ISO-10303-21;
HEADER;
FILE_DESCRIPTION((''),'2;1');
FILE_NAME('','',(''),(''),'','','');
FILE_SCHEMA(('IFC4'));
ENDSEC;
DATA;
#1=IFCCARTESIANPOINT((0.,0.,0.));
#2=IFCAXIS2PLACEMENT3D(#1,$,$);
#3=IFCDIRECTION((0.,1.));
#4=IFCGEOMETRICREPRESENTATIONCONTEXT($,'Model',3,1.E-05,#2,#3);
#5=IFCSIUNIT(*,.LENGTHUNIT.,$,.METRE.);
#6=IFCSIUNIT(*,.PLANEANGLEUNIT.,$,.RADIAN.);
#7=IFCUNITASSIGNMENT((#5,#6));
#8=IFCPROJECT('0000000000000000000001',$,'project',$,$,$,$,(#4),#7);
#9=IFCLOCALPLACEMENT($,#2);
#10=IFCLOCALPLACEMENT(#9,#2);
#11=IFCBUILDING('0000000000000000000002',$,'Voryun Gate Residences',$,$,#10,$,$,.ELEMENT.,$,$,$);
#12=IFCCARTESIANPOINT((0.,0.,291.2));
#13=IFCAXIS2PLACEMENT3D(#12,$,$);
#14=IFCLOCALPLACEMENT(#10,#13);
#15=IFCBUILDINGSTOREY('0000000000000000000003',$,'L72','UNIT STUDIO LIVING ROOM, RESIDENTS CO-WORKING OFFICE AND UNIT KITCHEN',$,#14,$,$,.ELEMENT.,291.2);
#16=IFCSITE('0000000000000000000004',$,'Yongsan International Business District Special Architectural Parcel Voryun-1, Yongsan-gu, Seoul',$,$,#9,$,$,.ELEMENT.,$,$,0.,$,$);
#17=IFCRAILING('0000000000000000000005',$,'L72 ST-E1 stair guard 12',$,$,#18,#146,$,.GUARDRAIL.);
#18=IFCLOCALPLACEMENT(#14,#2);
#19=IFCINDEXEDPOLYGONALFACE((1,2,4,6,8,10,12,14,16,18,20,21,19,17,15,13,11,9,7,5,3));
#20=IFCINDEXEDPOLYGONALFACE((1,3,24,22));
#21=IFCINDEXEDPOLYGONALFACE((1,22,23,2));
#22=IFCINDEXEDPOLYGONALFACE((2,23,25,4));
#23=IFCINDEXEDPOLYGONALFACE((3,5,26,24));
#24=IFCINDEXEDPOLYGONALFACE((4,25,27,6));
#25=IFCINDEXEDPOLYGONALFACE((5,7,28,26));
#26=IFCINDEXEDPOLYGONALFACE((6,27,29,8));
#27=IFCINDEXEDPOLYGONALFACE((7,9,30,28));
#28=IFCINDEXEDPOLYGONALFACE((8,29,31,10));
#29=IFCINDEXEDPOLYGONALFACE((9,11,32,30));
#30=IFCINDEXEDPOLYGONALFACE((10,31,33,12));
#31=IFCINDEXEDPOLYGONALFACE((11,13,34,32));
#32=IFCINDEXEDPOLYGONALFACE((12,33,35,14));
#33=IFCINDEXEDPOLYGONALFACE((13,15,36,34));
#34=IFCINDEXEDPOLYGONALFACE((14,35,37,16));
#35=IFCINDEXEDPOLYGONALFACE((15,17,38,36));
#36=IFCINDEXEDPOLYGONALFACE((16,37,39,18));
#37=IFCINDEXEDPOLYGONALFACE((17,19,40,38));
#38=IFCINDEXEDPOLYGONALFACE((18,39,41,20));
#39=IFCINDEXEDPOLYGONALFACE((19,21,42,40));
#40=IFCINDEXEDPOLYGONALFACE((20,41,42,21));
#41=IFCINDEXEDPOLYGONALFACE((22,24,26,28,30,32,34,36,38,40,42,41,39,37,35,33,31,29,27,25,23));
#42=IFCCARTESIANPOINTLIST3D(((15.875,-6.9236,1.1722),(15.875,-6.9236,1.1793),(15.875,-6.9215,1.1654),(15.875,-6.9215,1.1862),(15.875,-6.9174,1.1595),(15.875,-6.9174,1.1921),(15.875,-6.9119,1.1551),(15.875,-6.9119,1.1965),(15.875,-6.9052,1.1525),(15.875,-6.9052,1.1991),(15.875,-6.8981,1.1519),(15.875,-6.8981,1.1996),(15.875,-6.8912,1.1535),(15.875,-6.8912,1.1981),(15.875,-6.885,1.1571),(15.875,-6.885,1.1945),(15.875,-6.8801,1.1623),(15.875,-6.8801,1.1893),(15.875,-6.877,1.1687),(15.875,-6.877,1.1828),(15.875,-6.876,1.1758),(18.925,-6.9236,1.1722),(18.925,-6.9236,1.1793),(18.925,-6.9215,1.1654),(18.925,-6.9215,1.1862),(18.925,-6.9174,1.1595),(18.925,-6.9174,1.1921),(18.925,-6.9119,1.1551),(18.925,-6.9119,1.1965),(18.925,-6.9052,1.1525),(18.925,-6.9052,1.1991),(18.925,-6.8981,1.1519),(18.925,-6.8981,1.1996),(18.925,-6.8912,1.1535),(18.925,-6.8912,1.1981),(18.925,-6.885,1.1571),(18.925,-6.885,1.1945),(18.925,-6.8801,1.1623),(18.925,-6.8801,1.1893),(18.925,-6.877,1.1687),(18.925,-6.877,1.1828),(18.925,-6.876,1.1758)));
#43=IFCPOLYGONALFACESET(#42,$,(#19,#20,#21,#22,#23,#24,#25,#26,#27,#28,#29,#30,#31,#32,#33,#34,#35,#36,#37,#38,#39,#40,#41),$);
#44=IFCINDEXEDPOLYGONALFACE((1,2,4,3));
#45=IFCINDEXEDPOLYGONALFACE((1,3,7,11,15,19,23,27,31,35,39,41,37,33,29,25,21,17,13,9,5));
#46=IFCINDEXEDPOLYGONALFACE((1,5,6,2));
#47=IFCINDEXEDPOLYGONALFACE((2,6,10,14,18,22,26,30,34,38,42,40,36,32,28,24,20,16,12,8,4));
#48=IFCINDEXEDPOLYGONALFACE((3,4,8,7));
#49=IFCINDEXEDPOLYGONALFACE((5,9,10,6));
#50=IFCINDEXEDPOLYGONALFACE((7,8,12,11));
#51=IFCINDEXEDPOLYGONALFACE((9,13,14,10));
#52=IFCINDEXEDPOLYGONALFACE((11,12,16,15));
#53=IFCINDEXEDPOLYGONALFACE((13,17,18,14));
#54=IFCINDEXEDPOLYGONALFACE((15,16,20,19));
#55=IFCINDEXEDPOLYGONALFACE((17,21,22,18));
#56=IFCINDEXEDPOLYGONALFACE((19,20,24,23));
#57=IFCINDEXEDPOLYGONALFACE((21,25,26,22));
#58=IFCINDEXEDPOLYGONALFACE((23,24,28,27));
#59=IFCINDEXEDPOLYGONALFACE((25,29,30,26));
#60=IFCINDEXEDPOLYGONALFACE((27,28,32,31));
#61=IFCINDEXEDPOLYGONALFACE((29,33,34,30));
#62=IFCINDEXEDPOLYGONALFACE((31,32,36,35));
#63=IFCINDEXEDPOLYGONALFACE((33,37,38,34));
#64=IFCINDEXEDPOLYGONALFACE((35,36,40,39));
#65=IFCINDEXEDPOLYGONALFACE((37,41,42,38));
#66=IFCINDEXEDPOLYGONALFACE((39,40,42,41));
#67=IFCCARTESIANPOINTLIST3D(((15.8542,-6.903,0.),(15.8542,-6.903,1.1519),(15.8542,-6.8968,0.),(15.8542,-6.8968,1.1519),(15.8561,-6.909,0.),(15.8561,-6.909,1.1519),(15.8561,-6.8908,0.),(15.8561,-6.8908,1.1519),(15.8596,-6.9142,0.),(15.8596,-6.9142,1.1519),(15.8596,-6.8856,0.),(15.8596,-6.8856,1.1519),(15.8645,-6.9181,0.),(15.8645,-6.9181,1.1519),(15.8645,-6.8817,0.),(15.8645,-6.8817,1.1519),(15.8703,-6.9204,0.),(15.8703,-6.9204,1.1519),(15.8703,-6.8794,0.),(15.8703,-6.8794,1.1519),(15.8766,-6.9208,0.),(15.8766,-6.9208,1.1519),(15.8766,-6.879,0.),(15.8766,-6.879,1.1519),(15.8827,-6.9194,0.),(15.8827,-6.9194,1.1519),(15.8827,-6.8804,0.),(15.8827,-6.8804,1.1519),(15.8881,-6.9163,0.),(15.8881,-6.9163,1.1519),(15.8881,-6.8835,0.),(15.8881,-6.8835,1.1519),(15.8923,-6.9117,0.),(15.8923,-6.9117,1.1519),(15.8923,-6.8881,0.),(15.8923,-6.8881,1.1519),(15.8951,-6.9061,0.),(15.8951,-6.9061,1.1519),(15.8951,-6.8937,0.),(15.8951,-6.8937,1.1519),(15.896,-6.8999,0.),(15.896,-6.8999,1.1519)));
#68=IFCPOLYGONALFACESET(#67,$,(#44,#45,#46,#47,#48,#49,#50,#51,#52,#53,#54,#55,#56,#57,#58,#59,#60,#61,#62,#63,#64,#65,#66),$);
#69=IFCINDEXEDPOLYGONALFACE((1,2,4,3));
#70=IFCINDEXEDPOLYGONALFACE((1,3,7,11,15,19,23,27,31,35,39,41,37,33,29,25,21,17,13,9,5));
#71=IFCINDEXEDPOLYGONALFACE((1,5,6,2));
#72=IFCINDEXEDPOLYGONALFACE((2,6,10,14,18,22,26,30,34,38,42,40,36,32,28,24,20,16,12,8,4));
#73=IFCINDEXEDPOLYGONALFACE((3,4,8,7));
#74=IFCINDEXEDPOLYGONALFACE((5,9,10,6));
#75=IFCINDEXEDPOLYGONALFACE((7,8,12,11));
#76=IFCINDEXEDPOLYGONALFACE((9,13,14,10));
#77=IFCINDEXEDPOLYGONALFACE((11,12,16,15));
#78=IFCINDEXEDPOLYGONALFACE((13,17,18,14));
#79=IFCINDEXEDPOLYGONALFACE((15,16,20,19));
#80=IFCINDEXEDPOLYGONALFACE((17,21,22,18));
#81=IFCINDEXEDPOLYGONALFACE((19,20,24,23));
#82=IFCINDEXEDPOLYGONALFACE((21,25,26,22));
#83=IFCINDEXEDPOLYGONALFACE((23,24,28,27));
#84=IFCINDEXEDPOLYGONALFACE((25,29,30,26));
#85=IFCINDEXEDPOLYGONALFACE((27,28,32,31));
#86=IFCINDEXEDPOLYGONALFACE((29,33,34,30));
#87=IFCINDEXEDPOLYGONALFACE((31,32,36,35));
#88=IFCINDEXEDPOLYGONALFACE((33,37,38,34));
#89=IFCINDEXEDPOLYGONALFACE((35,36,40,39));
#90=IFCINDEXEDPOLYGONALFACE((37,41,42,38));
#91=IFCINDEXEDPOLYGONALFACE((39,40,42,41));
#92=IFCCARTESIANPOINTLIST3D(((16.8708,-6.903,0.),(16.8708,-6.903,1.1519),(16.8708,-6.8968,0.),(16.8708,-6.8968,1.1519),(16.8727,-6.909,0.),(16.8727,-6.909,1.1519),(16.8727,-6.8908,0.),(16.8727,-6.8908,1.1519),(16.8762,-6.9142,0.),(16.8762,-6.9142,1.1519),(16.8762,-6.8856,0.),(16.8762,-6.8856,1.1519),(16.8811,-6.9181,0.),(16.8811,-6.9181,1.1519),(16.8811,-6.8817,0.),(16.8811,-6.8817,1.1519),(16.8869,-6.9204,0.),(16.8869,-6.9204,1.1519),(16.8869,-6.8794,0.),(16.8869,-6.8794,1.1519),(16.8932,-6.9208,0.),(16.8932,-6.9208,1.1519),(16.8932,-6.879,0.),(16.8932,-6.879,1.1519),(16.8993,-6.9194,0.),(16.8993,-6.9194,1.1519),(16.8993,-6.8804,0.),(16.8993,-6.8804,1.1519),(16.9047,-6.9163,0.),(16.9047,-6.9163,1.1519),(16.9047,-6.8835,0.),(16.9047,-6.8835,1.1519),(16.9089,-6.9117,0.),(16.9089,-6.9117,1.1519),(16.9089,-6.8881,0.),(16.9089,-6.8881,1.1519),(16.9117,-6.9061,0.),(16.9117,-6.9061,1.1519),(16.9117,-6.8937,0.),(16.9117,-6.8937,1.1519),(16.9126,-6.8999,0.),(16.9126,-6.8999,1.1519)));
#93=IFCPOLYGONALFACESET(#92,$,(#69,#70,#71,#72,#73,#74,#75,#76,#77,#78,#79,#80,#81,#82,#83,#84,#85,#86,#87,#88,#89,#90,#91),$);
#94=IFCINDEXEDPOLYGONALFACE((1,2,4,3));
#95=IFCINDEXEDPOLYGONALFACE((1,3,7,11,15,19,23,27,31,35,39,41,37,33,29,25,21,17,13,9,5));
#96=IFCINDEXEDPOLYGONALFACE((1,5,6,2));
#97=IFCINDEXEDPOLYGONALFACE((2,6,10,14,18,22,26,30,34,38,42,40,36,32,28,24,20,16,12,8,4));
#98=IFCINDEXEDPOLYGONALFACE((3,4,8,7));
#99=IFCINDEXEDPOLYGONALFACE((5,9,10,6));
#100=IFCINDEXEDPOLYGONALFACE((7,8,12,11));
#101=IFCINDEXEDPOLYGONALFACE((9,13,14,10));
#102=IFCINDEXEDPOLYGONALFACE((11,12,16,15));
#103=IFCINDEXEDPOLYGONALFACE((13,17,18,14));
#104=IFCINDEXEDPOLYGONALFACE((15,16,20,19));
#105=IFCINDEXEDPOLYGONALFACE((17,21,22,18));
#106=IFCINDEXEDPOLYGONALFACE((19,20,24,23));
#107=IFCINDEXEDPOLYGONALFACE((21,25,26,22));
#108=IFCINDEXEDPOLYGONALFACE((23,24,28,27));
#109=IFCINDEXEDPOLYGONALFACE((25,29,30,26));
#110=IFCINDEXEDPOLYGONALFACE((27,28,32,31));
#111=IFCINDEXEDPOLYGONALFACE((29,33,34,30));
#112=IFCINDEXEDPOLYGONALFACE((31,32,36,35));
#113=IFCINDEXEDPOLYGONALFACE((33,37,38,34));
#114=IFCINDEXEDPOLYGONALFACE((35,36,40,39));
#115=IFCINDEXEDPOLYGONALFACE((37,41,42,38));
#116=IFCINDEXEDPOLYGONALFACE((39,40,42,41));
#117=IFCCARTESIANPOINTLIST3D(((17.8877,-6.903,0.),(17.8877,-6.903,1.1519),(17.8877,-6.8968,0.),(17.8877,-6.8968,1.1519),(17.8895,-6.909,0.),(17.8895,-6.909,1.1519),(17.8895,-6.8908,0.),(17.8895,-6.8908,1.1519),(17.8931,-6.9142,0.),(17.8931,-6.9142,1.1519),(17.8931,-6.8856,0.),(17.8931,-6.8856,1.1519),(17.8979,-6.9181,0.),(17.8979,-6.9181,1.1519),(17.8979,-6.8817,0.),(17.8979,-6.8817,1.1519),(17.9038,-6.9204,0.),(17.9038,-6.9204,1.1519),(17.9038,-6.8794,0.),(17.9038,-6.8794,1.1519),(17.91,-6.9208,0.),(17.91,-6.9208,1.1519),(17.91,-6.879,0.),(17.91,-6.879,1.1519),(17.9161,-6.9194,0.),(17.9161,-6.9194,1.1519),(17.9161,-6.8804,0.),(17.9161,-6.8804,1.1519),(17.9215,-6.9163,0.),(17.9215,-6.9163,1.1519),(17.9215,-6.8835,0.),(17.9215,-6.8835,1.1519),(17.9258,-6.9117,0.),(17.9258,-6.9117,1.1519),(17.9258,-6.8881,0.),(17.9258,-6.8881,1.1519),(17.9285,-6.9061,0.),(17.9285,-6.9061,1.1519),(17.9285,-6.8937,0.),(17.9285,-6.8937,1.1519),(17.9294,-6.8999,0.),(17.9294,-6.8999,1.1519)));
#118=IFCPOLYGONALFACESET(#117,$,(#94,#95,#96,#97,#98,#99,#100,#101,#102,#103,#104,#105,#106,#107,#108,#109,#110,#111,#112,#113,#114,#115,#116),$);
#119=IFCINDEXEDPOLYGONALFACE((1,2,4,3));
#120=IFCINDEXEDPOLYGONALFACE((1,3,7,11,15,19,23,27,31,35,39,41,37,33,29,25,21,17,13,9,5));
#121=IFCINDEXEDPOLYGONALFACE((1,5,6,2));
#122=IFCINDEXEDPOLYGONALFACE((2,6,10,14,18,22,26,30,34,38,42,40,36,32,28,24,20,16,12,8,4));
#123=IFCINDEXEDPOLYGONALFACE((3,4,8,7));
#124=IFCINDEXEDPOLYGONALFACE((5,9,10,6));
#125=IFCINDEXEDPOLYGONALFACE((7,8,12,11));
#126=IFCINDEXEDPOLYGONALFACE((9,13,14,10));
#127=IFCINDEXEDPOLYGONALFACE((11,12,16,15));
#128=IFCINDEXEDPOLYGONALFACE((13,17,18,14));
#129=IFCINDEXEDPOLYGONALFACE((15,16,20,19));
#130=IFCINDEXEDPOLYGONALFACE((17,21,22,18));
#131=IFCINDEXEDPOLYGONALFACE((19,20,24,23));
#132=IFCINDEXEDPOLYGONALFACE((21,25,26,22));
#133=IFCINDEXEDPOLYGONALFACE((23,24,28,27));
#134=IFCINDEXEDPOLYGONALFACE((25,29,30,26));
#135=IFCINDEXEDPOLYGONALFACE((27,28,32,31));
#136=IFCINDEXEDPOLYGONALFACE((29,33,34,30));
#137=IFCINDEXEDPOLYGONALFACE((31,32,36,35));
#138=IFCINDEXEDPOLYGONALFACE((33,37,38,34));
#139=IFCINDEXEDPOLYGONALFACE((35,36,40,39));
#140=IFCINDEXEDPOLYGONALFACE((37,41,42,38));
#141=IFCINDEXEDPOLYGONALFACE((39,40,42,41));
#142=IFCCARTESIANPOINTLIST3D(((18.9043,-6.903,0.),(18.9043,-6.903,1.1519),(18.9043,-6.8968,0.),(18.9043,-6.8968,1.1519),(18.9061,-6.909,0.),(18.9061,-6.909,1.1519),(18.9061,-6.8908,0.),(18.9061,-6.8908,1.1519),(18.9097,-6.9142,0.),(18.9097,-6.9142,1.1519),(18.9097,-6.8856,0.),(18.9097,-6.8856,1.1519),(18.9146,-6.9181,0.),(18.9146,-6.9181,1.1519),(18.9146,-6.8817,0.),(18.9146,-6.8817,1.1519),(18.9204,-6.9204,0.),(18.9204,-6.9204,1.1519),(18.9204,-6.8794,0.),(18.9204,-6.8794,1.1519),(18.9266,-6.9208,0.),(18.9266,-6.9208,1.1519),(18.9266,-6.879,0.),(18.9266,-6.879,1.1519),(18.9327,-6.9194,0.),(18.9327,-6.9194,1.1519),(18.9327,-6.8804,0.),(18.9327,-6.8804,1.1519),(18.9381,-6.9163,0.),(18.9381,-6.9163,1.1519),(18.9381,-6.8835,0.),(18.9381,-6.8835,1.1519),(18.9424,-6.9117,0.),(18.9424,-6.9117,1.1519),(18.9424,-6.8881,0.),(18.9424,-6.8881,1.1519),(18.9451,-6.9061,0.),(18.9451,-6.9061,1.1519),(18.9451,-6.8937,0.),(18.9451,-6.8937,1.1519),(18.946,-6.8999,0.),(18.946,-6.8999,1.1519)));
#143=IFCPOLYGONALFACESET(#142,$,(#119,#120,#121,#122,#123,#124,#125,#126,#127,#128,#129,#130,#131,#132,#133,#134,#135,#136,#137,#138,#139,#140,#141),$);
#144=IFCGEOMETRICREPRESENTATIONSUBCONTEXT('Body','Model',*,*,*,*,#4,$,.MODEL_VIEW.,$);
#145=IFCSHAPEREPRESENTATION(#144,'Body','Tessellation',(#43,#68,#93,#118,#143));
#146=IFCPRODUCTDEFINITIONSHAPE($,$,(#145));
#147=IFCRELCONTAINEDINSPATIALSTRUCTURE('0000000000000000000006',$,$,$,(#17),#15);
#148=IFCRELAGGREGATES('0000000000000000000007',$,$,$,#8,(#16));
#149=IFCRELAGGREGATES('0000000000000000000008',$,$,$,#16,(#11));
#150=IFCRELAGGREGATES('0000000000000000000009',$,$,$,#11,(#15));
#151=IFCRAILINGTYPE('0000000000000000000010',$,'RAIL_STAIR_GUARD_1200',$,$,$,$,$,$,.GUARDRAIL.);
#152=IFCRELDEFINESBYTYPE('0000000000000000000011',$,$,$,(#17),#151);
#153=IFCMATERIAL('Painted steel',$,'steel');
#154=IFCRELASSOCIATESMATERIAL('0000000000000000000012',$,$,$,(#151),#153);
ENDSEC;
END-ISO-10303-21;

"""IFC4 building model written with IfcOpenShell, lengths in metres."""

from ifc_helpers import new_model, si_unit, direction, frame, origin, origin_2d, place, context, subcontext, project, spatial, circle, extrude, material, type_object, element, save


model = new_model("IFC4")

# Units and contexts
model_context = context("Model", 3, precision=1e-05, world=origin(), true_north=direction((0.0, 1.0)))
body_context = subcontext(model_context, "Body", "Model", "MODEL_VIEW")
ifc_project = project(units=[si_unit("LENGTHUNIT", "METRE"), si_unit("PLANEANGLEUNIT", "RADIAN")], contexts=[model_context])

# Site, building, storey
site_placement = place(None, origin())
site = spatial("IfcSite", under=ifc_project, at=site_placement, Name="Yongsan International Business District Special Architectural Parcel Voryun-1, Yongsan-gu, Seoul", CompositionType="ELEMENT", RefElevation=0.0)
building_placement = place(site_placement, origin())
building = spatial("IfcBuilding", under=site, at=building_placement, Name="Voryun Gate Residences", CompositionType="ELEMENT")
storey_placement = place(building_placement, frame((0.0, 0.0, 291.2)))
storey = spatial("IfcBuildingStorey", under=building, at=storey_placement, Name="L72", Description="UNIT STUDIO LIVING ROOM, RESIDENTS CO-WORKING OFFICE AND UNIT KITCHEN", CompositionType="ELEMENT", Elevation=291.2)

# Railing
ifc_material_1 = material(Name="Painted steel", Category="steel")
railing_type_1 = type_object("IfcRailingType", Name="RAIL_STAIR_GUARD_1200", PredefinedType="GUARDRAIL", material=ifc_material_1)
railing_1_placement = place(storey_placement, frame((15.875, -6.8999, 0.0)))
element("IfcRailing", 1, at=railing_1_placement, inside=storey, type_object=railing_type_1, Name="L72 ST-E1 stair guard 12", PredefinedType="GUARDRAIL", context=body_context, shape_type="SweptSolid", body=[
    extrude(circle(Radius=0.0239, at=origin_2d()), frame((0.0, 0.0, 1.1758), z_axis=(1.0, 0.0, 0.0), x_axis=(0.0, 1.0, 0.0)), (0.0, 0.0, 1.0), 3.05),
    extrude(circle(Radius=0.021, at=origin_2d()), origin(), (0.0, 0.0, 1.0), 1.1519),
    extrude(circle(Radius=0.021, at=origin_2d()), frame((1.0166, 0.0, 0.0)), (0.0, 0.0, 1.0), 1.1519),
    extrude(circle(Radius=0.021, at=origin_2d()), frame((2.0334, 0.0, 0.0)), (0.0, 0.0, 1.0), 1.1519),
    extrude(circle(Radius=0.021, at=origin_2d()), frame((3.05, 0.0, 0.0)), (0.0, 0.0, 1.0), 1.1519),
])

save(model, "model.ifc")
